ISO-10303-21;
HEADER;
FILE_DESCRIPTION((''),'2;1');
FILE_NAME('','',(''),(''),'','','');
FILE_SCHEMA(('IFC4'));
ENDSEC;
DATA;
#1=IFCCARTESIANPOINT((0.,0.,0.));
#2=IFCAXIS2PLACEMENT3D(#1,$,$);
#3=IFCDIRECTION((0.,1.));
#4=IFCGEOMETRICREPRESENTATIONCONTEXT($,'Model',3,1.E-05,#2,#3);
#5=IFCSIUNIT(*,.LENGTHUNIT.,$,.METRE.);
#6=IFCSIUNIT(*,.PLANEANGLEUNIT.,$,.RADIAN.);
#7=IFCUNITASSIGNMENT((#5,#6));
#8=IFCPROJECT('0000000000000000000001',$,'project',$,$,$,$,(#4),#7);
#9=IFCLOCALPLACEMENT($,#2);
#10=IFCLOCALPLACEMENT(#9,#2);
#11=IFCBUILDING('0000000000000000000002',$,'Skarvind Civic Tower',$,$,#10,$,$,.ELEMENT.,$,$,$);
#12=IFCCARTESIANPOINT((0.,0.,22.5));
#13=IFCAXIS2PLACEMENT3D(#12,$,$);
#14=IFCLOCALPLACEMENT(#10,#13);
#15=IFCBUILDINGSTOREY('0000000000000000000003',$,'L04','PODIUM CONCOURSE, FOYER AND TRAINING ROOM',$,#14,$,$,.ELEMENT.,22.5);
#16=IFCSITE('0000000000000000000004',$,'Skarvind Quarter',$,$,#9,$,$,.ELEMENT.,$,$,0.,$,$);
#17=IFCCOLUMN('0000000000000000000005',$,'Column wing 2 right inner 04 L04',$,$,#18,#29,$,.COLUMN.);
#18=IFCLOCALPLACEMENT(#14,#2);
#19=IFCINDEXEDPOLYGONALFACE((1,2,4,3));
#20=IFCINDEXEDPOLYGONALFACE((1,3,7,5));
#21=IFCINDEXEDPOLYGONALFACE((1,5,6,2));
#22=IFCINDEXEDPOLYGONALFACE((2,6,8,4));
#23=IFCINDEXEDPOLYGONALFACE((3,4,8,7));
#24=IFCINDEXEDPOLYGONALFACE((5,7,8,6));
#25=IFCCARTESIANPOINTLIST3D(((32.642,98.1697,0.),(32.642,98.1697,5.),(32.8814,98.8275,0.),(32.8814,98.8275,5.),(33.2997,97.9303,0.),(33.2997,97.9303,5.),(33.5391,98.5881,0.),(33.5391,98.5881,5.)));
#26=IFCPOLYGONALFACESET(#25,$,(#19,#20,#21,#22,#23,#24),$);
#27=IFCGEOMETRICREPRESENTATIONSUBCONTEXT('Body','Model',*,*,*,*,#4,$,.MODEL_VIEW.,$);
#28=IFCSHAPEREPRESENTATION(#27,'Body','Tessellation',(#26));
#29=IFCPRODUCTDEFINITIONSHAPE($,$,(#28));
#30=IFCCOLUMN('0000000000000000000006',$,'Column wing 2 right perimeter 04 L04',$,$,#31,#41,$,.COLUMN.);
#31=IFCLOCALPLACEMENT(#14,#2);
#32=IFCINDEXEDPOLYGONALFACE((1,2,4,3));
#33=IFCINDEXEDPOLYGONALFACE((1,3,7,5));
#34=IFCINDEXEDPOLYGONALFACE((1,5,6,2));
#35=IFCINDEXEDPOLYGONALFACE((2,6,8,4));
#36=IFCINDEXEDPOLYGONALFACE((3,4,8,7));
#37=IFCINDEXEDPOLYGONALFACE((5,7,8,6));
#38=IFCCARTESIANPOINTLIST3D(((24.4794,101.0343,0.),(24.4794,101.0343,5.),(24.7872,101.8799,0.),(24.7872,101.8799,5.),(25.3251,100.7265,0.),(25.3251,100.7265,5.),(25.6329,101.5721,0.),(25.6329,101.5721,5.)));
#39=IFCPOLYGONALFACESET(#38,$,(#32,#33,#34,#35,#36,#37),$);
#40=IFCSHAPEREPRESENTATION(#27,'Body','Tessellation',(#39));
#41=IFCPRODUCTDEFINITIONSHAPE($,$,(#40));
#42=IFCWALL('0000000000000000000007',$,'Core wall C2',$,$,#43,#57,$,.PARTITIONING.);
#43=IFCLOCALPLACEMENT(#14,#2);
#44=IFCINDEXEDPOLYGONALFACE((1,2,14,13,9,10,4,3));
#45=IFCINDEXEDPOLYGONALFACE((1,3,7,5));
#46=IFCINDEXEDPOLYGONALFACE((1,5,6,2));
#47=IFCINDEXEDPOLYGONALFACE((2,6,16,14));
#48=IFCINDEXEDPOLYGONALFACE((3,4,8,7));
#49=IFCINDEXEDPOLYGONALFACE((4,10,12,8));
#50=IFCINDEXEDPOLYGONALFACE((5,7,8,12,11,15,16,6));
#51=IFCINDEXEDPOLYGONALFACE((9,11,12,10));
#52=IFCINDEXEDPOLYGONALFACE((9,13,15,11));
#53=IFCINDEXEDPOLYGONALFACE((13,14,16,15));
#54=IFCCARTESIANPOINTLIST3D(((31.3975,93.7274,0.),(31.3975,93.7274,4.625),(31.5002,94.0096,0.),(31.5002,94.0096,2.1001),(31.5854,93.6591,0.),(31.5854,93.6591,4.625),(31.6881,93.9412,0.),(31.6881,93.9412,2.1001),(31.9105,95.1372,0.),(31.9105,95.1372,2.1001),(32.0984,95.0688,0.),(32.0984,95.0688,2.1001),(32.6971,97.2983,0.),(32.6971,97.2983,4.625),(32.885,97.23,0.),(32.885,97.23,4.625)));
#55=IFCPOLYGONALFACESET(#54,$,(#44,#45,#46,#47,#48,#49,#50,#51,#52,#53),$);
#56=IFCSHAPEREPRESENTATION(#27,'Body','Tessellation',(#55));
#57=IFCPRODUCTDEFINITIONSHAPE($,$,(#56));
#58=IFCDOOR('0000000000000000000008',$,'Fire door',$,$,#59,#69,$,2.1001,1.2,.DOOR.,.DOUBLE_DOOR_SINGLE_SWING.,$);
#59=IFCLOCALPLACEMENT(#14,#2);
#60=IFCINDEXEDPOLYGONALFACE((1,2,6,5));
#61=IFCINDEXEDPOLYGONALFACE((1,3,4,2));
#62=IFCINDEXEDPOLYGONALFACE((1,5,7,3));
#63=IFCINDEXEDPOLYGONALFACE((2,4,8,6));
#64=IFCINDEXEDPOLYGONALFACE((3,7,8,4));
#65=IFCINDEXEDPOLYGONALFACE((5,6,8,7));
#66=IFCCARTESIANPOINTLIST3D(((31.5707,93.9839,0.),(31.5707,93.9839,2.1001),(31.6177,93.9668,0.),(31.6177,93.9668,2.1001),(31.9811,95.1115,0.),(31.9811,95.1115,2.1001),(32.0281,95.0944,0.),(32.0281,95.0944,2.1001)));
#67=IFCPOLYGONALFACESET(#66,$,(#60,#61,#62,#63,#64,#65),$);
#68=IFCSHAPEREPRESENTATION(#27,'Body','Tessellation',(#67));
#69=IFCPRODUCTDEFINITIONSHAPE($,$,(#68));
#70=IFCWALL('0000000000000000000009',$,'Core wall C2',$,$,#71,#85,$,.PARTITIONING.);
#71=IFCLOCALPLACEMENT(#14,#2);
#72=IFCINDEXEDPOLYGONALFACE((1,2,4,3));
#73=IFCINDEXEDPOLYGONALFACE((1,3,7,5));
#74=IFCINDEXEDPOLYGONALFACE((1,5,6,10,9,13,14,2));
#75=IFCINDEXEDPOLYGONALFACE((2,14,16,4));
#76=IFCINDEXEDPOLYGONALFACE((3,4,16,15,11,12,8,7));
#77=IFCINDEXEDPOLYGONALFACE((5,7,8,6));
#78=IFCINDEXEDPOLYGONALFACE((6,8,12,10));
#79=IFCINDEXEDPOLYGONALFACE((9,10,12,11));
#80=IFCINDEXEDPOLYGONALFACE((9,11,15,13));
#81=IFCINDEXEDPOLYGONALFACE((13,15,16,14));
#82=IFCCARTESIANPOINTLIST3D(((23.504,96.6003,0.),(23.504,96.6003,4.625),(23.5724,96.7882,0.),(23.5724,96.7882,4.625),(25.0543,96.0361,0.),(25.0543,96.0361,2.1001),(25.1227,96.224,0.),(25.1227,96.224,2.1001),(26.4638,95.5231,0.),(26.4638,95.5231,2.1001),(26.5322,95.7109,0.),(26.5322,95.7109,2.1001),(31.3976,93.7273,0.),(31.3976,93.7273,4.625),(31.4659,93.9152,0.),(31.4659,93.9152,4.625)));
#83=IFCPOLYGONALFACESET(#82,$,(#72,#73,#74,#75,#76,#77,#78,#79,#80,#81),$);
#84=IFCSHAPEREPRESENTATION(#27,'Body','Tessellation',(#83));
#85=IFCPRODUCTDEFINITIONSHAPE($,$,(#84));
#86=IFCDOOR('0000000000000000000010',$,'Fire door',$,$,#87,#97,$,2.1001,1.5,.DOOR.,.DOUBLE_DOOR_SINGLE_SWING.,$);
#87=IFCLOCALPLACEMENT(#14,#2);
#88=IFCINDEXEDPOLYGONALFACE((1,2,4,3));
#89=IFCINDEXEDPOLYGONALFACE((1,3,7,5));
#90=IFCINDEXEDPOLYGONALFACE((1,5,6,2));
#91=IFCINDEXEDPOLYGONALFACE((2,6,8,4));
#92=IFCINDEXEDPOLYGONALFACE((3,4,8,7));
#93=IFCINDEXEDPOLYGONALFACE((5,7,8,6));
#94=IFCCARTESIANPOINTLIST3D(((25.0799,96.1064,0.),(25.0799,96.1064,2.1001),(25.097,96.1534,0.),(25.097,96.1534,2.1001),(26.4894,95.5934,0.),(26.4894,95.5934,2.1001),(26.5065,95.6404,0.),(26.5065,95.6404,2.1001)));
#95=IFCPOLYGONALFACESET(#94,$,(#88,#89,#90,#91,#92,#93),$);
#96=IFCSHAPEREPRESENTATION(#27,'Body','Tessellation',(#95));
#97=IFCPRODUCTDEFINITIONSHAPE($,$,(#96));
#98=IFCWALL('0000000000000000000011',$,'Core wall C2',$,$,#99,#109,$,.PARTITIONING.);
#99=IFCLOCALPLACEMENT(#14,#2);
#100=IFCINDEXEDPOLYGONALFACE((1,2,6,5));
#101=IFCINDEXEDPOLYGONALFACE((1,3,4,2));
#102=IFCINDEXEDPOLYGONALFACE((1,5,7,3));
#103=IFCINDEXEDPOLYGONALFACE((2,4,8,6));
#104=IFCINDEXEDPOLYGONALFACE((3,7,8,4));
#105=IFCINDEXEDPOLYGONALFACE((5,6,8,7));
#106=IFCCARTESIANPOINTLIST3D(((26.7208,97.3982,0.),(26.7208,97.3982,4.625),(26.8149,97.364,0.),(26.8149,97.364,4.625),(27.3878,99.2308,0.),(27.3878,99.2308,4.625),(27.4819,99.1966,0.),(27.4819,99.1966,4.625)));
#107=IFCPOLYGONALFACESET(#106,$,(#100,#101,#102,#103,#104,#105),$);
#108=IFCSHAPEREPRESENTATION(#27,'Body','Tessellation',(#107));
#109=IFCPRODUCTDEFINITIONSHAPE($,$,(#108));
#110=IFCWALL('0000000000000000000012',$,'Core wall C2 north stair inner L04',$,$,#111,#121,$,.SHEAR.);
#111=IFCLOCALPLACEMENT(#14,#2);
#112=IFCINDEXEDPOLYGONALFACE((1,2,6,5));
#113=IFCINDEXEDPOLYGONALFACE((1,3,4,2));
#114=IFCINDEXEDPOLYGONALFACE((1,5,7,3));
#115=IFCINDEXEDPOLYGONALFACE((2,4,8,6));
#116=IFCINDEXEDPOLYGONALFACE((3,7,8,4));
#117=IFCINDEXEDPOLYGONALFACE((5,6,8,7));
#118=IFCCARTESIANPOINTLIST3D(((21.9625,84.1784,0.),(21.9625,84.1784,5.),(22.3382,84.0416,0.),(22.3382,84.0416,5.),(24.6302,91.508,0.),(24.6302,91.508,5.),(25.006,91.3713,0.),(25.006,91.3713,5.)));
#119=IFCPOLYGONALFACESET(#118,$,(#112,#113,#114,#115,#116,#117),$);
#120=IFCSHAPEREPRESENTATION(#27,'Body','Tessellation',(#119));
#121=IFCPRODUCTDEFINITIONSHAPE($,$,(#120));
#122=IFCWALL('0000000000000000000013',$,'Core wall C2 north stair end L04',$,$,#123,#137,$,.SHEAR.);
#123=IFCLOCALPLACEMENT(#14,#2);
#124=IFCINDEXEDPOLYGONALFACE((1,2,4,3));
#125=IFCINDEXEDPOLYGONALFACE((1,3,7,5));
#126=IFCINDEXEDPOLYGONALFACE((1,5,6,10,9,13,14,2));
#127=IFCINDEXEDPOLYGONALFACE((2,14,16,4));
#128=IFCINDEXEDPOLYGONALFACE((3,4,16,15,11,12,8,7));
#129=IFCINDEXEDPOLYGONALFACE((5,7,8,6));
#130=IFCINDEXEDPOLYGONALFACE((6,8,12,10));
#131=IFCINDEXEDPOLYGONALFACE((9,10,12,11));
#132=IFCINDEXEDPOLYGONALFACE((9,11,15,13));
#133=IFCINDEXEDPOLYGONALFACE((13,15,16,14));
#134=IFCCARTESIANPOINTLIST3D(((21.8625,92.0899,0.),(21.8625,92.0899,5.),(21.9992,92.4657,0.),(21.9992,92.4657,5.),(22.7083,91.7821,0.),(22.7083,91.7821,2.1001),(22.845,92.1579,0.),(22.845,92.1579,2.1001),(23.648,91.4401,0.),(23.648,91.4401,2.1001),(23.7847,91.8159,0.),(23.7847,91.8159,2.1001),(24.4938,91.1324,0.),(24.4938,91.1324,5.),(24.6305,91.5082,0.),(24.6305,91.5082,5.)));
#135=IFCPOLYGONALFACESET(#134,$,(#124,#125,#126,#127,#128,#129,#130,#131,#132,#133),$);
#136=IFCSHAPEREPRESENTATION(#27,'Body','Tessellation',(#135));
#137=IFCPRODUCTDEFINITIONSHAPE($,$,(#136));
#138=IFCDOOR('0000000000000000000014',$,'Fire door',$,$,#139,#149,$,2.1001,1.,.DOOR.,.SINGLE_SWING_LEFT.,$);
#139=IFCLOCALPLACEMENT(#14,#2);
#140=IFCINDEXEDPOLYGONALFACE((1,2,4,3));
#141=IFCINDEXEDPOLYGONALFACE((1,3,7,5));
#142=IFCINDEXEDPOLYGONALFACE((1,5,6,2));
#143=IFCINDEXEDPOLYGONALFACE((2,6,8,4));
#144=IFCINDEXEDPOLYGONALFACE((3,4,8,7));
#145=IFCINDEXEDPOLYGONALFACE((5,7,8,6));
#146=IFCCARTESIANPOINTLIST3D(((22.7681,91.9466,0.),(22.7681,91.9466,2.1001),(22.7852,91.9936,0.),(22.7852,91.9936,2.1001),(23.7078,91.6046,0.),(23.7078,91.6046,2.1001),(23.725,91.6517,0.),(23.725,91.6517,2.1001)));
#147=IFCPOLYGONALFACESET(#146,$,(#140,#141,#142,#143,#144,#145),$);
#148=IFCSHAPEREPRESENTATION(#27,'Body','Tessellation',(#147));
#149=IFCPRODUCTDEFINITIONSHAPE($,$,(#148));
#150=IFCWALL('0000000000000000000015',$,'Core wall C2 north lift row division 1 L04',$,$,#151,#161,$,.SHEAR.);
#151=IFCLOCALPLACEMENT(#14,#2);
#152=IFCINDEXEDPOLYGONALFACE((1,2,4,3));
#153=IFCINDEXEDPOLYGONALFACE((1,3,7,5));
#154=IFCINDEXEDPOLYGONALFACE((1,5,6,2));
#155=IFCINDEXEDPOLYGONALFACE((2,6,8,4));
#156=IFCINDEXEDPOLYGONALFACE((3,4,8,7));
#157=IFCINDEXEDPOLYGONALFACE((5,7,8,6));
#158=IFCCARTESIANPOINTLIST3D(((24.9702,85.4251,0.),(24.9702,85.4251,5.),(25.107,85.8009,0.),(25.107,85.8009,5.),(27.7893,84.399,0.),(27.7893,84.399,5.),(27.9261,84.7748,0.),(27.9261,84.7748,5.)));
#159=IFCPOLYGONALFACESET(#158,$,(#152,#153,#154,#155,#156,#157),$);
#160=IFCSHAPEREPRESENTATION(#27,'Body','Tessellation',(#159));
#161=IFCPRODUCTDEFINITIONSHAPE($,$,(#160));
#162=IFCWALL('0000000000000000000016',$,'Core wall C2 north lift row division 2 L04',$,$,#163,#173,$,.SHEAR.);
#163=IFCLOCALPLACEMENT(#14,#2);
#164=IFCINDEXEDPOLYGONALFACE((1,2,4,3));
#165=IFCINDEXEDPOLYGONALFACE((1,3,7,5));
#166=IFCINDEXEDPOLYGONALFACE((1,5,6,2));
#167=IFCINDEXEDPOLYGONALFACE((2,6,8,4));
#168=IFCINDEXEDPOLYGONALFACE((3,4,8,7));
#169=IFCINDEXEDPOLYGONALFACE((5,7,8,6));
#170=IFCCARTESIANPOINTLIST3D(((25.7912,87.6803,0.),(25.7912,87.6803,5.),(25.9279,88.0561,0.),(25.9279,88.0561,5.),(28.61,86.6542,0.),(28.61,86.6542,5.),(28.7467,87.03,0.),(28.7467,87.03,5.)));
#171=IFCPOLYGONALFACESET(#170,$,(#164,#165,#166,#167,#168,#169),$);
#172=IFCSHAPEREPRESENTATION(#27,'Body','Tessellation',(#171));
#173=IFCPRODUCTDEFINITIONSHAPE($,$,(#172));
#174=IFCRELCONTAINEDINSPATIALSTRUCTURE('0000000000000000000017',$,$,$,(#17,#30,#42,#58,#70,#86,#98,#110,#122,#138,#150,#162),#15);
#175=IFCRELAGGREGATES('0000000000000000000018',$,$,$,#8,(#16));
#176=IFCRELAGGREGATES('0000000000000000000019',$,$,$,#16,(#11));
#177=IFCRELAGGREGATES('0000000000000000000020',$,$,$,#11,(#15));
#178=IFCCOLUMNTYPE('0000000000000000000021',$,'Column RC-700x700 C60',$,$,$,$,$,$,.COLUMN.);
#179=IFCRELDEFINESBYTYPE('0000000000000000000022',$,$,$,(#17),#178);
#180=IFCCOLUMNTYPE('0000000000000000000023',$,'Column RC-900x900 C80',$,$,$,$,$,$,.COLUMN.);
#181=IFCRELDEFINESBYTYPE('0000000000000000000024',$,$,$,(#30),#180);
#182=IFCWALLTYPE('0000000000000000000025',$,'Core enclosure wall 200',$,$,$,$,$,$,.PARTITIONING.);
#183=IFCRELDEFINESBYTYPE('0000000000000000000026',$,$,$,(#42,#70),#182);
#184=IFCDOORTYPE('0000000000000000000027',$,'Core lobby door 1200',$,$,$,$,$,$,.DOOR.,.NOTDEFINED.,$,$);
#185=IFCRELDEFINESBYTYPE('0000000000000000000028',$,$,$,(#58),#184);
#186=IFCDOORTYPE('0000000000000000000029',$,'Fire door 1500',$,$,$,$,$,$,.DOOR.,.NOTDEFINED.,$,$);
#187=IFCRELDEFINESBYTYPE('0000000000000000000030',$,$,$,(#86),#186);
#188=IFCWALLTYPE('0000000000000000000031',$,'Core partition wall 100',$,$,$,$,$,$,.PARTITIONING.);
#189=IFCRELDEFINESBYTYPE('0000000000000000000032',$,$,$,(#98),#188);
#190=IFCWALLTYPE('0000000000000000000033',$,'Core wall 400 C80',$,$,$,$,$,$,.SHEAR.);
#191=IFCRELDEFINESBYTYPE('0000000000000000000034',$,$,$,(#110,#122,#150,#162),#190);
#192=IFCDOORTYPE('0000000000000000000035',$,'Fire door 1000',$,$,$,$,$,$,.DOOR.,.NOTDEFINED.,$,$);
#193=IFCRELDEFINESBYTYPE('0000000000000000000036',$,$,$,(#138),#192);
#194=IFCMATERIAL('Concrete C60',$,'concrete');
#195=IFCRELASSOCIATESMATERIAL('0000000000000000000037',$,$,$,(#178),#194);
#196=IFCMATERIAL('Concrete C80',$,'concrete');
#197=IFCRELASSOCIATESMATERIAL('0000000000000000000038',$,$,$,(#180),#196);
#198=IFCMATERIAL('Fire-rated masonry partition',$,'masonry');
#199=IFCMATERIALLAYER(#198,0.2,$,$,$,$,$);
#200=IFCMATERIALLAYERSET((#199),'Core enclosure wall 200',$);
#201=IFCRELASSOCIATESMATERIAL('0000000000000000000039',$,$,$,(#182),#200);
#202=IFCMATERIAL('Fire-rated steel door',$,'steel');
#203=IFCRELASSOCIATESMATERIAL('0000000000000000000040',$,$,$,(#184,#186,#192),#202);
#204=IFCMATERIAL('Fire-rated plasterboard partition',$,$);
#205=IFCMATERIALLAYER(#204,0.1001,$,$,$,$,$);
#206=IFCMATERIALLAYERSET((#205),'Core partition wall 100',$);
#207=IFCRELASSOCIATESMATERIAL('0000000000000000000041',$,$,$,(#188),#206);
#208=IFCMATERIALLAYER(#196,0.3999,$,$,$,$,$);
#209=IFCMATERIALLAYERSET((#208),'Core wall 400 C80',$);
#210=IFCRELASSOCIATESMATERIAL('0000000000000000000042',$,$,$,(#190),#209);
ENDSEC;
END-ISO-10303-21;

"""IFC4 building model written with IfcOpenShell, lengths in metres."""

from ifc_helpers import new_model, si_unit, direction, frame, frame_2d, origin, origin_2d, place, context, subcontext, project, spatial, rectangle, extrude, material, layer, layer_set, material_profile, profile_set, type_object, element, fill, save


model = new_model("IFC4")

# Units and contexts
model_context = context("Model", 3, precision=1e-05, world=origin(), true_north=direction((0.0, 1.0)))
body_context = subcontext(model_context, "Body", "Model", "MODEL_VIEW")
ifc_project = project(units=[si_unit("LENGTHUNIT", "METRE"), si_unit("PLANEANGLEUNIT", "RADIAN")], contexts=[model_context])

# Site, building, storey
site_placement = place(None, origin())
site = spatial("IfcSite", under=ifc_project, at=site_placement, Name="Skarvind Quarter", CompositionType="ELEMENT", RefElevation=0.0)
building_placement = place(site_placement, origin())
building = spatial("IfcBuilding", under=site, at=building_placement, Name="Skarvind Civic Tower", CompositionType="ELEMENT")
storey_placement = place(building_placement, frame((0.0, 0.0, 22.5)))
storey = spatial("IfcBuildingStorey", under=building, at=storey_placement, Name="L04", Description="PODIUM CONCOURSE, FOYER AND TRAINING ROOM", CompositionType="ELEMENT", Elevation=22.5)

# Columns
ifc_material_1 = material(Name="Concrete C60", Category="concrete")
ifc_material_profile_1 = material_profile(ifc_material_1, rectangle(XDim=0.7, YDim=0.7, at=origin_2d()), Name="RC-700x700")
ifc_profile_set_1 = profile_set([ifc_material_profile_1], Name="Concrete C60")
column_type_1 = type_object("IfcColumnType", Name="Column RC-700x700 C60", PredefinedType="COLUMN", material=ifc_profile_set_1)
column_1_placement = place(storey_placement, frame((33.0906, 98.3789, 0.0), z_axis=(0.0, 0.0, 1.0), x_axis=(-0.34202, -0.939693, 0.0)))
element("IfcColumn", 1, at=column_1_placement, inside=storey, type_object=column_type_1, Name="Column wing 2 right inner 04 L04", PredefinedType="COLUMN", context=body_context, shape_type="SweptSolid", body=[
    extrude(rectangle(XDim=0.7, YDim=0.7, at=origin_2d()), origin(), (0.0, 0.0, 1.0), 5.0),
])
ifc_material_2 = material(Name="Concrete C80", Category="concrete")
ifc_material_profile_2 = material_profile(ifc_material_2, rectangle(XDim=0.8999, YDim=0.8999, at=origin_2d()), Name="RC-900x900")
ifc_profile_set_2 = profile_set([ifc_material_profile_2], Name="Concrete C80")
column_type_2 = type_object("IfcColumnType", Name="Column RC-900x900 C80", PredefinedType="COLUMN", material=ifc_profile_set_2)
column_2_placement = place(storey_placement, frame((25.0562, 101.3032, 0.0), z_axis=(0.0, 0.0, 1.0), x_axis=(-0.34202, -0.939693, 0.0)))
element("IfcColumn", 2, at=column_2_placement, inside=storey, type_object=column_type_2, Name="Column wing 2 right perimeter 04 L04", PredefinedType="COLUMN", context=body_context, shape_type="SweptSolid", body=[
    extrude(rectangle(XDim=0.8999, YDim=0.8999, at=origin_2d()), origin(), (0.0, 0.0, 1.0), 5.0),
])

# Walls, openings, doors
ifc_material_3 = material(Name="Fire-rated masonry partition", Category="masonry")
ifc_layer_1 = layer(ifc_material_3, 0.2)
ifc_layer_set_1 = layer_set([ifc_layer_1], Name="Core enclosure wall 200")
wall_type_1 = type_object("IfcWallType", Name="Core enclosure wall 200", PredefinedType="PARTITIONING", material=ifc_layer_set_1)
wall_1_placement = place(storey_placement, frame((31.4915, 93.6934, 0.0), z_axis=(0.0, 0.0, 1.0), x_axis=(0.341996, 0.939701, 0.0)))
wall_1 = element("IfcWall", 3, at=wall_1_placement, inside=storey, type_object=wall_type_1, Name="Core wall C2", PredefinedType="PARTITIONING", context=body_context, shape_type="SweptSolid", body=[
    extrude(rectangle(XDim=3.8, YDim=0.2, at=frame_2d((1.8999, 0.0))), origin(), (0.0, 0.0, 1.0), 4.625),
])
opening_1_placement = place(wall_1_placement, frame((0.3, 0.0, 0.0)))
opening_1 = element("IfcOpeningElement", 4, at=opening_1_placement, cuts=wall_1, PredefinedType="OPENING", context=body_context, shape_type="SweptSolid", body=[
    extrude(rectangle(XDim=1.2, YDim=2.1001, at=frame_2d((0.6001, 1.05))), frame((0.0, 0.1099, 0.0), z_axis=(0.0, -1.0, 0.0), x_axis=(1.0, 0.0, 0.0)), (0.0, 0.0, 1.0), 0.22),
])
ifc_material_4 = material(Name="Fire-rated steel door", Category="steel")
door_type_1 = type_object("IfcDoorType", Name="Core lobby door 1200", OperationType="NOTDEFINED", PredefinedType="DOOR", material=ifc_material_4)
door_1_placement = place(opening_1_placement, origin())
door_1 = element("IfcDoor", 5, at=door_1_placement, inside=storey, type_object=door_type_1, Name="Fire door", OperationType="DOUBLE_DOOR_SINGLE_SWING", OverallHeight=2.1001, OverallWidth=1.2, PredefinedType="DOOR", context=body_context, shape_type="SweptSolid", body=[
    extrude(rectangle(XDim=1.2, YDim=2.1001, at=frame_2d((0.6001, 1.05))), frame((0.0, 0.0249, 0.0), z_axis=(0.0, -1.0, 0.0), x_axis=(1.0, 0.0, 0.0)), (0.0, 0.0, 1.0), 0.05),
])
fill(opening_1, door_1)
wall_2_placement = place(storey_placement, frame((23.5381, 96.6943, 0.0), z_axis=(0.0, 0.0, 1.0), x_axis=(0.939692, -0.342023, 0.0)))
wall_2 = element("IfcWall", 6, at=wall_2_placement, inside=storey, type_object=wall_type_1, Name="Core wall C2", PredefinedType="PARTITIONING", context=body_context, shape_type="SweptSolid", body=[
    extrude(rectangle(XDim=8.4001, YDim=0.2, at=frame_2d((4.2002, 0.0))), origin(), (0.0, 0.0, 1.0), 4.625),
])
opening_2_placement = place(wall_2_placement, frame((1.6499, 0.0, 0.0)))
opening_2 = element("IfcOpeningElement", 7, at=opening_2_placement, cuts=wall_2, PredefinedType="OPENING", context=body_context, shape_type="SweptSolid", body=[
    extrude(rectangle(XDim=1.5, YDim=2.1001, at=frame_2d((0.75, 1.05))), frame((0.0, 0.1099, 0.0), z_axis=(0.0, -1.0, 0.0), x_axis=(1.0, 0.0, 0.0)), (0.0, 0.0, 1.0), 0.22),
])
door_type_2 = type_object("IfcDoorType", Name="Fire door 1500", OperationType="NOTDEFINED", PredefinedType="DOOR", material=ifc_material_4)
door_2_placement = place(opening_2_placement, origin())
door_2 = element("IfcDoor", 8, at=door_2_placement, inside=storey, type_object=door_type_2, Name="Fire door", OperationType="DOUBLE_DOOR_SINGLE_SWING", OverallHeight=2.1001, OverallWidth=1.5, PredefinedType="DOOR", context=body_context, shape_type="SweptSolid", body=[
    extrude(rectangle(XDim=1.5, YDim=2.1001, at=frame_2d((0.75, 1.05))), frame((0.0, 0.0249, 0.0), z_axis=(0.0, -1.0, 0.0), x_axis=(1.0, 0.0, 0.0)), (0.0, 0.0, 1.0), 0.05),
])
fill(opening_2, door_2)

# Walls
ifc_material_5 = material(Name="Fire-rated plasterboard partition")
ifc_layer_2 = layer(ifc_material_5, 0.1001)
ifc_layer_set_2 = layer_set([ifc_layer_2], Name="Core partition wall 100")
wall_type_2 = type_object("IfcWallType", Name="Core partition wall 100", PredefinedType="PARTITIONING", material=ifc_layer_set_2)
wall_3_placement = place(storey_placement, frame((26.7678, 97.3811, 0.0), z_axis=(0.0, 0.0, 1.0), x_axis=(0.342025, 0.939691, 0.0)))
element("IfcWall", 9, at=wall_3_placement, inside=storey, type_object=wall_type_2, Name="Core wall C2", PredefinedType="PARTITIONING", context=body_context, shape_type="SweptSolid", body=[
    extrude(rectangle(XDim=1.9502, YDim=0.1001, at=frame_2d((0.9751, 0.0))), origin(), (0.0, 0.0, 1.0), 4.625),
])
ifc_layer_3 = layer(ifc_material_2, 0.3999)
ifc_layer_set_3 = layer_set([ifc_layer_3], Name="Core wall 400 C80")
wall_type_3 = type_object("IfcWallType", Name="Core wall 400 C80", PredefinedType="SHEAR", material=ifc_layer_set_3)
wall_4_placement = place(storey_placement, frame((22.1504, 84.1101, 0.0), z_axis=(0.0, 0.0, 1.0), x_axis=(0.342017, 0.939694, 0.0)))
element("IfcWall", 10, at=wall_4_placement, inside=storey, type_object=wall_type_3, Name="Core wall C2 north stair inner L04", PredefinedType="SHEAR", context=body_context, shape_type="SweptSolid", body=[
    extrude(rectangle(XDim=7.8, YDim=0.3999, at=frame_2d((3.8999, 0.0))), origin(), (0.0, 0.0, 1.0), 5.0),
])

# Wall, opening, door
wall_5_placement = place(storey_placement, frame((24.562, 91.3203, 0.0), z_axis=(0.0, 0.0, 1.0), x_axis=(-0.939717, 0.341953, 0.0)))
wall_5 = element("IfcWall", 11, at=wall_5_placement, inside=storey, type_object=wall_type_3, Name="Core wall C2 north stair end L04", PredefinedType="SHEAR", context=body_context, shape_type="SweptSolid", body=[
    extrude(rectangle(XDim=2.8, YDim=0.3999, at=frame_2d((1.3999, 0.0))), origin(), (0.0, 0.0, 1.0), 5.0),
])
opening_3_placement = place(wall_5_placement, frame((0.8999, 0.0, 0.0)))
opening_3 = element("IfcOpeningElement", 12, at=opening_3_placement, cuts=wall_5, PredefinedType="OPENING", context=body_context, shape_type="SweptSolid", body=[
    extrude(rectangle(XDim=1.0, YDim=2.1001, at=frame_2d((0.5, 1.05))), frame((0.0, 0.21, 0.0), z_axis=(0.0, -1.0, 0.0), x_axis=(1.0, 0.0, 0.0)), (0.0, 0.0, 1.0), 0.4199),
])
door_type_3 = type_object("IfcDoorType", Name="Fire door 1000", OperationType="NOTDEFINED", PredefinedType="DOOR", material=ifc_material_4)
door_3_placement = place(opening_3_placement, origin())
door_3 = element("IfcDoor", 13, at=door_3_placement, inside=storey, type_object=door_type_3, Name="Fire door", OperationType="SINGLE_SWING_LEFT", OverallHeight=2.1001, OverallWidth=1.0, PredefinedType="DOOR", context=body_context, shape_type="SweptSolid", body=[
    extrude(rectangle(XDim=1.0, YDim=2.1001, at=frame_2d((0.5, 1.05))), frame((0.0, 0.0249, 0.0), z_axis=(0.0, -1.0, 0.0), x_axis=(1.0, 0.0, 0.0)), (0.0, 0.0, 1.0), 0.05),
])
fill(opening_3, door_3)

# Walls
wall_6_placement = place(storey_placement, frame((27.8577, 84.5869, 0.0), z_axis=(0.0, 0.0, 1.0), x_axis=(-0.939686, 0.342037, 0.0)))
element("IfcWall", 14, at=wall_6_placement, inside=storey, type_object=wall_type_3, Name="Core wall C2 north lift row division 1 L04", PredefinedType="SHEAR", context=body_context, shape_type="SweptSolid", body=[
    extrude(rectangle(XDim=3.0, YDim=0.3999, at=frame_2d((1.5, 0.0))), origin(), (0.0, 0.0, 1.0), 5.0),
])
wall_7_placement = place(storey_placement, frame((28.6785, 86.842, 0.0), z_axis=(0.0, 0.0, 1.0), x_axis=(-0.939677, 0.342063, 0.0)))
element("IfcWall", 15, at=wall_7_placement, inside=storey, type_object=wall_type_3, Name="Core wall C2 north lift row division 2 L04", PredefinedType="SHEAR", context=body_context, shape_type="SweptSolid", body=[
    extrude(rectangle(XDim=2.9998, YDim=0.3999, at=frame_2d((1.5, 0.0))), origin(), (0.0, 0.0, 1.0), 5.0),
])

save(model, "model.ifc")
